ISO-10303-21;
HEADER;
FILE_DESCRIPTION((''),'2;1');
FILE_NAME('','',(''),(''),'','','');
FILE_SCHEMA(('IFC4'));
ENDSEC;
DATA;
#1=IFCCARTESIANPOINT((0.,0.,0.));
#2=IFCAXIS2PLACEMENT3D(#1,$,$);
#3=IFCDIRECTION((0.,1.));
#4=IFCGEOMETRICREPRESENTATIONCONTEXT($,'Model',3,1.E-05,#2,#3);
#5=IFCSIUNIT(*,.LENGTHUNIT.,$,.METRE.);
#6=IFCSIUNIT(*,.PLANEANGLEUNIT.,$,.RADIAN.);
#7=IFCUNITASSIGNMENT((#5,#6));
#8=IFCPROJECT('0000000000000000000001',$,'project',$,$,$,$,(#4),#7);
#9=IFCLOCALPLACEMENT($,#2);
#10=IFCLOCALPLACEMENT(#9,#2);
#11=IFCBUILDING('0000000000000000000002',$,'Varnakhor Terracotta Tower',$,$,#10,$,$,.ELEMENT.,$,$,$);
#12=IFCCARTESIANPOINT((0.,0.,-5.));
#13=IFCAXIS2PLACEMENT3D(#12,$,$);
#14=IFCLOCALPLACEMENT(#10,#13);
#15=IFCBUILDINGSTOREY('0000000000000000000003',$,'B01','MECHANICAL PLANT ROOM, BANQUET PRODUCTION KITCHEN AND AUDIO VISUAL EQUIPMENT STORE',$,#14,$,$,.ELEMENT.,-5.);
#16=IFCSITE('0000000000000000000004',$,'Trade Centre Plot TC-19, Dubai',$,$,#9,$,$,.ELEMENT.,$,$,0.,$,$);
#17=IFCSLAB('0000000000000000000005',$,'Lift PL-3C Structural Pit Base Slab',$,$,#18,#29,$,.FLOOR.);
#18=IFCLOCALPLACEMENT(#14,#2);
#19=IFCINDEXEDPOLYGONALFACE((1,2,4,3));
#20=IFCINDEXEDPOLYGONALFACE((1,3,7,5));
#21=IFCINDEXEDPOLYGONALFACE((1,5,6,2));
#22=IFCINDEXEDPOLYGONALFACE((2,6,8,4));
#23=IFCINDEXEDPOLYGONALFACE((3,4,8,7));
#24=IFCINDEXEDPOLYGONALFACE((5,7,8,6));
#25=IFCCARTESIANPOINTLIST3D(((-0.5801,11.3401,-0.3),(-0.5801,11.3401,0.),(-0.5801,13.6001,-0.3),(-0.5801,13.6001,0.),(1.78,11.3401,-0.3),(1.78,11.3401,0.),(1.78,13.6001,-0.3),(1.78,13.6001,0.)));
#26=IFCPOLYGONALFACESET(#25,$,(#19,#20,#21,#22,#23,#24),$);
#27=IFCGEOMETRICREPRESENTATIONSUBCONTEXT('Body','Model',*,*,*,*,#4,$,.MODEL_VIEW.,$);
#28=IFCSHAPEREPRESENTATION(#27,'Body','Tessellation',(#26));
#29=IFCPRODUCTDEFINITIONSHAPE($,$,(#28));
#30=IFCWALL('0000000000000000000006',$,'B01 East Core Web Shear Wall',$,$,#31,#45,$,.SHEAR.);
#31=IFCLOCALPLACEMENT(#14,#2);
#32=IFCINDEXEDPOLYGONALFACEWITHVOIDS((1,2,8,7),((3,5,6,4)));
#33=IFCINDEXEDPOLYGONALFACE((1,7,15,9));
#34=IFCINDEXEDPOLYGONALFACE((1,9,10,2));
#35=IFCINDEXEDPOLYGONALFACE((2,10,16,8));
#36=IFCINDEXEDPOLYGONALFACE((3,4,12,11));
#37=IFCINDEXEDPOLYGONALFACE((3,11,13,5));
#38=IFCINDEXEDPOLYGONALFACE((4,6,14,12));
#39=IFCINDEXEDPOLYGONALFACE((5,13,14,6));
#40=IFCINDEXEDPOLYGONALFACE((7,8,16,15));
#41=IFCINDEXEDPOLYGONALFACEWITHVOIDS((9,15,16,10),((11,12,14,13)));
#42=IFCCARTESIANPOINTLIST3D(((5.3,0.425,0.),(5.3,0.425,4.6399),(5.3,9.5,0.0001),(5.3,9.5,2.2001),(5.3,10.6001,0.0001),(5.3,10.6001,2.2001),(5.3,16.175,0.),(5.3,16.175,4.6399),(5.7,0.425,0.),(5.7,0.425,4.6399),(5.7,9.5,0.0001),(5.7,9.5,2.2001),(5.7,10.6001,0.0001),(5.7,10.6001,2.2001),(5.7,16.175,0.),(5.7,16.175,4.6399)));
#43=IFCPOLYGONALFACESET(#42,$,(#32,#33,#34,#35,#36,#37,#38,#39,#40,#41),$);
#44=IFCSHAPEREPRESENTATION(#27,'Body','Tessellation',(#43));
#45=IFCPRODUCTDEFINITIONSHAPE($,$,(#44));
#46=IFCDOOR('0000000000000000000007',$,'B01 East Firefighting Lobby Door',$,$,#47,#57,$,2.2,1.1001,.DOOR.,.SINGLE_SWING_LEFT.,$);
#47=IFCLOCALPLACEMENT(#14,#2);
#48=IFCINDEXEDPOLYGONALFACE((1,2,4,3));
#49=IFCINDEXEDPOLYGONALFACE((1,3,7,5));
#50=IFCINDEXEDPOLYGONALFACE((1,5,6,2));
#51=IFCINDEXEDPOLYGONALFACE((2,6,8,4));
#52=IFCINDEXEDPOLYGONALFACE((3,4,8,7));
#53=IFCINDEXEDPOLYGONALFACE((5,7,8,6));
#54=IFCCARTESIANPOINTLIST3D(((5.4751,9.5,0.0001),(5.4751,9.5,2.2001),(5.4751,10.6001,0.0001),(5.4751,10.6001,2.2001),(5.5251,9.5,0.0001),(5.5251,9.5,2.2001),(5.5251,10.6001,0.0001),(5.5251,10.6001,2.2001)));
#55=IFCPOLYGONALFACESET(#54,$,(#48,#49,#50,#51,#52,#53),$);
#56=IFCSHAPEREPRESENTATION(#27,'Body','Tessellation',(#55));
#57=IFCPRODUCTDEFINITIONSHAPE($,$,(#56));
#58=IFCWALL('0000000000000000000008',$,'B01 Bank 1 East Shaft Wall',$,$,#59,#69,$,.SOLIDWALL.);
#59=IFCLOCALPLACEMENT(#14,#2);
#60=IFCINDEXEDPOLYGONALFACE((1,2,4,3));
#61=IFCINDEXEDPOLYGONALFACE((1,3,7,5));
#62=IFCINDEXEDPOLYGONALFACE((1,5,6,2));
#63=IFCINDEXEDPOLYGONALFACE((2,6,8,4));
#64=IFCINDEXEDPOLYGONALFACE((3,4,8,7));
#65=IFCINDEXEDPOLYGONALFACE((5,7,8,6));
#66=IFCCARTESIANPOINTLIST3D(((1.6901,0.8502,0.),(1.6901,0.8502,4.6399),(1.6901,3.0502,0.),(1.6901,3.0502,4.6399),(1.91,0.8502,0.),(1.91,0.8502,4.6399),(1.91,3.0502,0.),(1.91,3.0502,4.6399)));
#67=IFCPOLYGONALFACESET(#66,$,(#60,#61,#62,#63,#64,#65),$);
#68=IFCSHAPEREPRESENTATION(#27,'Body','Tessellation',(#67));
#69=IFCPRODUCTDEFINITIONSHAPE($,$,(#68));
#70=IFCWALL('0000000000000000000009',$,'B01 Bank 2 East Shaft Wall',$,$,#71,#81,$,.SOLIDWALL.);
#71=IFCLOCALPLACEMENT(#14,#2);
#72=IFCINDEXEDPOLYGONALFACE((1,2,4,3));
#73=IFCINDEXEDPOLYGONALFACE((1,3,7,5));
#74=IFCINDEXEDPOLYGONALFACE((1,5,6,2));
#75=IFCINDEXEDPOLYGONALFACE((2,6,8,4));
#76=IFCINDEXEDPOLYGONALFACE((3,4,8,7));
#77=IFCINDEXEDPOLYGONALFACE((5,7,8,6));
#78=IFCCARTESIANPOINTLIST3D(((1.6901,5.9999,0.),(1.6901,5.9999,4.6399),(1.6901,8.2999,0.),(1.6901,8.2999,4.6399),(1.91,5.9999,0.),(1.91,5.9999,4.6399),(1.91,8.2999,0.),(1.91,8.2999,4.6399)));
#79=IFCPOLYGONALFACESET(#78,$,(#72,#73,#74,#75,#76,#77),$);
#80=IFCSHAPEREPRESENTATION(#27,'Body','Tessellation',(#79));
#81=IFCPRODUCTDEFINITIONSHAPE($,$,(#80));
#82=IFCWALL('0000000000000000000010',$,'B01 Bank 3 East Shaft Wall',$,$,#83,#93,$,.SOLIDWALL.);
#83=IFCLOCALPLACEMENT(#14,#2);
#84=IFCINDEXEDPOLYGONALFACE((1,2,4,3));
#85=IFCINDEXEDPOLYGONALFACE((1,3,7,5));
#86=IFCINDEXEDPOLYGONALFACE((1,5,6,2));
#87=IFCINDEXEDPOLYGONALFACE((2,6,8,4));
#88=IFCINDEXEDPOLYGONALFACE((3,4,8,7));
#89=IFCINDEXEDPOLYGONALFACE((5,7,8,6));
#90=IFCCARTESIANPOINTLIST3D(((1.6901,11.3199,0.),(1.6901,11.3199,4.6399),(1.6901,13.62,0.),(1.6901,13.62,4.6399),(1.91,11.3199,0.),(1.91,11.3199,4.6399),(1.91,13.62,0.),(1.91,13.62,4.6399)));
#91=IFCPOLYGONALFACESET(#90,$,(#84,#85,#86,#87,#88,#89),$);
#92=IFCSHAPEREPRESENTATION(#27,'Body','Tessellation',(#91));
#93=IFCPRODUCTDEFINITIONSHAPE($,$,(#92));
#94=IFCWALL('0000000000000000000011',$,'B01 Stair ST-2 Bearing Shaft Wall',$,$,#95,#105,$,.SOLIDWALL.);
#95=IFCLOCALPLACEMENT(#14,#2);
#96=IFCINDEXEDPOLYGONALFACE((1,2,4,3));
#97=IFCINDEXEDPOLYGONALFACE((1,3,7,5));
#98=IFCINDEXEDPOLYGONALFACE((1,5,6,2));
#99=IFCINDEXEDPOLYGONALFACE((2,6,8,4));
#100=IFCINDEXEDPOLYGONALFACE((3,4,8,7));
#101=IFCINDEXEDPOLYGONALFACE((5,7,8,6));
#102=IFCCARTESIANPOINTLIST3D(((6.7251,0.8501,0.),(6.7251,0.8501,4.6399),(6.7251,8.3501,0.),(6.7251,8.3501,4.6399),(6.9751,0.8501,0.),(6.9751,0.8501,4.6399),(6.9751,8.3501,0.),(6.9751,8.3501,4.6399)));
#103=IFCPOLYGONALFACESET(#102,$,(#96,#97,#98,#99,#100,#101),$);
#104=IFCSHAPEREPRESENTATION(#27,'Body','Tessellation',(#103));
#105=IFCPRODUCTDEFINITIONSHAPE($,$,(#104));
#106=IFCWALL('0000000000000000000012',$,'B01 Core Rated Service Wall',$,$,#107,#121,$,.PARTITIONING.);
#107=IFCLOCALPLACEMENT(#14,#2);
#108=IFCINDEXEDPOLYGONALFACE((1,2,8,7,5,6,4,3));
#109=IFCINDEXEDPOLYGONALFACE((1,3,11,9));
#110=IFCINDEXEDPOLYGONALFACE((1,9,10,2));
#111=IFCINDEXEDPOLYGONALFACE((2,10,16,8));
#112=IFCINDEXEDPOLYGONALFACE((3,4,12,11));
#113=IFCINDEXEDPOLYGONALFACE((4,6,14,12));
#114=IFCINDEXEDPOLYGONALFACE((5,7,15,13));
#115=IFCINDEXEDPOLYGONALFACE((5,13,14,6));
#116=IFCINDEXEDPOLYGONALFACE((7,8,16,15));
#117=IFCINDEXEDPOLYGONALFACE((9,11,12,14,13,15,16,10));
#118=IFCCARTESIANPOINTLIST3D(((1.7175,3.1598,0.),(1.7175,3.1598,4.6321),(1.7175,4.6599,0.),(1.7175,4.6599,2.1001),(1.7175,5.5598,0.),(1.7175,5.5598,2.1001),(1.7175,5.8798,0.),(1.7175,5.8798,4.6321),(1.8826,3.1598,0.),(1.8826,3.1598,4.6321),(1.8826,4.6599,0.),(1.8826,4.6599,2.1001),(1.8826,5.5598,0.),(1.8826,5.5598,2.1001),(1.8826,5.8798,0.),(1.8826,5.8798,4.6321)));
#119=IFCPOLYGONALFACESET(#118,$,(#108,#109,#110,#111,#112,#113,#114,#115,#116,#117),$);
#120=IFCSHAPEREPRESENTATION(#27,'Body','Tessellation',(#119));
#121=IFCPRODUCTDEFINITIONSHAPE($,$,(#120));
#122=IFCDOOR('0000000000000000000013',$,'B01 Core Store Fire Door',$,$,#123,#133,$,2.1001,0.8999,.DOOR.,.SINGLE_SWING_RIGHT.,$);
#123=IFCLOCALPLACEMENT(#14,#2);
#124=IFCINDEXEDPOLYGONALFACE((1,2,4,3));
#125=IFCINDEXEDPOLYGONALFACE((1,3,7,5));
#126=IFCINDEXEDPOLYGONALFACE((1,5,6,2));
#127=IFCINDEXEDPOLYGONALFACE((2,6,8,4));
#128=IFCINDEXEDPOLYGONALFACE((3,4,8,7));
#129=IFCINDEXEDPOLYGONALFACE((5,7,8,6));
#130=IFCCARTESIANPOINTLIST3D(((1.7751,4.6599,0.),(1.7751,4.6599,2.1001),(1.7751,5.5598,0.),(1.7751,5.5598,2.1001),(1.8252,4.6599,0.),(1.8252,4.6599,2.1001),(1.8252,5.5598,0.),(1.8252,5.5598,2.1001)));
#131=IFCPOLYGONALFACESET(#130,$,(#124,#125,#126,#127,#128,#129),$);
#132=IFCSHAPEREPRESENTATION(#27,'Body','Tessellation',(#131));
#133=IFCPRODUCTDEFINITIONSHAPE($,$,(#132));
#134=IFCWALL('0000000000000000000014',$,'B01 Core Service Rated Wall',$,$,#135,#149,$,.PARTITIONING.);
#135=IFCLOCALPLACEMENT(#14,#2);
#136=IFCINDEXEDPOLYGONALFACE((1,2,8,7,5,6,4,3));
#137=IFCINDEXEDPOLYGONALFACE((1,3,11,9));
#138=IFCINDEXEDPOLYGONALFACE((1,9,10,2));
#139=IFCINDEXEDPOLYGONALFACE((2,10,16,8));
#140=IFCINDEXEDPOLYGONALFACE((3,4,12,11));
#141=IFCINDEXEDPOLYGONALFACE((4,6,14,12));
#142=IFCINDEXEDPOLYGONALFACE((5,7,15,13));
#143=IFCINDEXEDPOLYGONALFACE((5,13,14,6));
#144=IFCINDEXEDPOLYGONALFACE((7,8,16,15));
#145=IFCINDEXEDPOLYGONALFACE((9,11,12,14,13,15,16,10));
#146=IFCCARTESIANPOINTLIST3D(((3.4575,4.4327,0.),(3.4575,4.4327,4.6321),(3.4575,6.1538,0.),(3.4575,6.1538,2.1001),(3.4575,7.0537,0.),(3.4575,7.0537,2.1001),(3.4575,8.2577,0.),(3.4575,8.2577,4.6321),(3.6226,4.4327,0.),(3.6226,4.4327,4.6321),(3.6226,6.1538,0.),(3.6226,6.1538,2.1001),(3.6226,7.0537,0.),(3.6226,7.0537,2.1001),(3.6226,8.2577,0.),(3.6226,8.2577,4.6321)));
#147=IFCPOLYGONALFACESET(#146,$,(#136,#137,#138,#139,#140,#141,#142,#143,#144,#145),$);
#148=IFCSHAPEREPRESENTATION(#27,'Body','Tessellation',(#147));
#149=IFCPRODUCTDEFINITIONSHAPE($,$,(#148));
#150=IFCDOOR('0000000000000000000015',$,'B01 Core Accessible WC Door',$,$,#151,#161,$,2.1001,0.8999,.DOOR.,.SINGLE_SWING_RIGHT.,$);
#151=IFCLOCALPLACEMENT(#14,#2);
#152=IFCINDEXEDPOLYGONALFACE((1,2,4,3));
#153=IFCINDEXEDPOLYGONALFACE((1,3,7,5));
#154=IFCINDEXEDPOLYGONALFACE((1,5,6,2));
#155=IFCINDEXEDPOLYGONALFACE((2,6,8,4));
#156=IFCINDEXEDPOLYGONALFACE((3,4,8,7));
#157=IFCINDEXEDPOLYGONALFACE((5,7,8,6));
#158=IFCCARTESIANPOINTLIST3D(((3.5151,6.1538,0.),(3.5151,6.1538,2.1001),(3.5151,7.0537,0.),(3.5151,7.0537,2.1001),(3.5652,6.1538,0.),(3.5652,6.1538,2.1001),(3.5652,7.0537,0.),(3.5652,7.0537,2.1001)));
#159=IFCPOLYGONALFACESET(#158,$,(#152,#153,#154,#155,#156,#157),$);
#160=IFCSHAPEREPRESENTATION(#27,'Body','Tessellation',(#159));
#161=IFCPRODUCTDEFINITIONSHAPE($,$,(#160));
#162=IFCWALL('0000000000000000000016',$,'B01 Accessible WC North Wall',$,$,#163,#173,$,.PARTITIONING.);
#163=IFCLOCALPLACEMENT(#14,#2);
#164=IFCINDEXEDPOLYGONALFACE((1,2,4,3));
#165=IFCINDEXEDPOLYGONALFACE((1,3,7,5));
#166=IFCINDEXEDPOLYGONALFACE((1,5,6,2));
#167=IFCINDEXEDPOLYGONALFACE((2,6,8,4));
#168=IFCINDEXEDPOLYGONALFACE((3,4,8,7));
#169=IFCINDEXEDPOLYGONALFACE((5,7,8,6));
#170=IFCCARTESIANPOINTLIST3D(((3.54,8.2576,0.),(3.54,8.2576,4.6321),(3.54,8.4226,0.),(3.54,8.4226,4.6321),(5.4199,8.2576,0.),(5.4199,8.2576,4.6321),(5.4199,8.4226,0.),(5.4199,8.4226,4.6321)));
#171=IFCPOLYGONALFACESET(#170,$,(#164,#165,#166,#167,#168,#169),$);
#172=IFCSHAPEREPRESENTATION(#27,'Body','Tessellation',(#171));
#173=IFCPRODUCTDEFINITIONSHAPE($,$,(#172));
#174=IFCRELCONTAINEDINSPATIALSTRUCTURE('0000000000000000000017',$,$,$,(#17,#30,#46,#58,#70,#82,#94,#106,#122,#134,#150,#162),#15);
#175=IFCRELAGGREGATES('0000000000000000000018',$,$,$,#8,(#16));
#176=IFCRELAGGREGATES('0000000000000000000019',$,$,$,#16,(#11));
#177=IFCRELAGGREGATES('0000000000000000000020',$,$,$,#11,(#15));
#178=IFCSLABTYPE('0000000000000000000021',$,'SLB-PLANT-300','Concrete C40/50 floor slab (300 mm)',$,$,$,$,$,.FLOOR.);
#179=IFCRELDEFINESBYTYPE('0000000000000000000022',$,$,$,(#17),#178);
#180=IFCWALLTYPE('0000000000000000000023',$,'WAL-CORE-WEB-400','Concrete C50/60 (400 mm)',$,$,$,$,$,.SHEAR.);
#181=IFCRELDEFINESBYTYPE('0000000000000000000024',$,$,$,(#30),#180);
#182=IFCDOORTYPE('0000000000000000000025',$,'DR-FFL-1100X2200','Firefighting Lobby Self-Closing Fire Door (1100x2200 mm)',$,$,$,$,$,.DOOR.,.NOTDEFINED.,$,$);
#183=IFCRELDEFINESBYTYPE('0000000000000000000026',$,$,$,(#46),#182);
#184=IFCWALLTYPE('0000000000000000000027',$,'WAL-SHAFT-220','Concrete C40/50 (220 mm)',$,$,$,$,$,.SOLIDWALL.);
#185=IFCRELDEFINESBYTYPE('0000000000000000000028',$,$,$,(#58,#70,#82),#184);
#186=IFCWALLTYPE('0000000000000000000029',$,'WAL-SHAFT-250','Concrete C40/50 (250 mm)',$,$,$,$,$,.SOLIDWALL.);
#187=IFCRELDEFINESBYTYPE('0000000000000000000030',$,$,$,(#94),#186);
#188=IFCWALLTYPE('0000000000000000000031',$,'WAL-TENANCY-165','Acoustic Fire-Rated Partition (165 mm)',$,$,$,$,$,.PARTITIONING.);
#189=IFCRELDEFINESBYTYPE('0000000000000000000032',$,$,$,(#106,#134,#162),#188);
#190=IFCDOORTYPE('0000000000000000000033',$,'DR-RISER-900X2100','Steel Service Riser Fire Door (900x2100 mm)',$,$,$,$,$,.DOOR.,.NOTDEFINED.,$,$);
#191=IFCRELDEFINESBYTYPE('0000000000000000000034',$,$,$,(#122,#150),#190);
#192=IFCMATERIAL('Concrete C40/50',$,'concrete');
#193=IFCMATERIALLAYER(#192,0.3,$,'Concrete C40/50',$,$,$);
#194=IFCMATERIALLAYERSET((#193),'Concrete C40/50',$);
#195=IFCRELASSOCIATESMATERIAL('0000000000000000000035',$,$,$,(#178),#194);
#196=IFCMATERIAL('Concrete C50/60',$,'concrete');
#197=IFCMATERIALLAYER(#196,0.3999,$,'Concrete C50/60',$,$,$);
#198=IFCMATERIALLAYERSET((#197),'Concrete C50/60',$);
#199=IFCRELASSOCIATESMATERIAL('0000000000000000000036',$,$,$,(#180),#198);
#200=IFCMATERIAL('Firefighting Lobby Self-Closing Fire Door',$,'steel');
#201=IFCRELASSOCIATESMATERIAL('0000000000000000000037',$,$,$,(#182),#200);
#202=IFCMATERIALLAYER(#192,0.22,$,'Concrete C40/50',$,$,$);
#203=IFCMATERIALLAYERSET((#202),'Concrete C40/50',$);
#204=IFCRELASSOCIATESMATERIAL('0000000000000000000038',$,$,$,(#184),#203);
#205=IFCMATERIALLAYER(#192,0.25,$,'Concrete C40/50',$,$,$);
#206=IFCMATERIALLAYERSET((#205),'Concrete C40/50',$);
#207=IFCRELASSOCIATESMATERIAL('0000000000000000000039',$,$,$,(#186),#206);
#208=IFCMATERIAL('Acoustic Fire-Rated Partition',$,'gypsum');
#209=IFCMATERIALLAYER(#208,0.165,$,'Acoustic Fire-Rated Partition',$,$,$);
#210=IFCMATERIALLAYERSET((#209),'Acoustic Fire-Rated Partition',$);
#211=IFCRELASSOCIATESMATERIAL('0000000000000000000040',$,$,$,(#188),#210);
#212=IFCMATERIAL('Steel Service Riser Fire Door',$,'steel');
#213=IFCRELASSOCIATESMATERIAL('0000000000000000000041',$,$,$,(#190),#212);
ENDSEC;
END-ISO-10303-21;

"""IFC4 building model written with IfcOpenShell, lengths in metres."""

from ifc_helpers import new_model, si_unit, direction, frame, frame_2d, origin, place, context, subcontext, project, spatial, polyline, rectangle, outline, extrude, source, transform, mapped, material, layer, layer_set, type_object, type_shapes, element, fill, save


model = new_model("IFC4")

# Units and contexts
model_context = context("Model", 3, precision=1e-05, world=origin(), true_north=direction((0.0, 1.0)))
body_context = subcontext(model_context, "Body", "Model", "MODEL_VIEW")
ifc_project = project(units=[si_unit("LENGTHUNIT", "METRE"), si_unit("PLANEANGLEUNIT", "RADIAN")], contexts=[model_context])

# Site, building, storey
site_placement = place(None, origin())
site = spatial("IfcSite", under=ifc_project, at=site_placement, Name="Trade Centre Plot TC-19, Dubai", CompositionType="ELEMENT", RefElevation=0.0)
building_placement = place(site_placement, origin())
building = spatial("IfcBuilding", under=site, at=building_placement, Name="Varnakhor Terracotta Tower", CompositionType="ELEMENT")
storey_placement = place(building_placement, frame((0.0, 0.0, -5.0)))
storey = spatial("IfcBuildingStorey", under=building, at=storey_placement, Name="B01", Description="MECHANICAL PLANT ROOM, BANQUET PRODUCTION KITCHEN AND AUDIO VISUAL EQUIPMENT STORE", CompositionType="ELEMENT", Elevation=-5.0)

# Shared definitions
ifc_material_1 = material(Name="Concrete C50/60", Category="concrete")

# Shared definitions
ifc_material_2 = material(Name="Concrete C40/50", Category="concrete")

# Slab
ifc_layer_1 = layer(ifc_material_2, 0.3, Name="Concrete C40/50")
ifc_layer_set_1 = layer_set([ifc_layer_1], Name="Concrete C40/50")
slab_type_1 = type_object("IfcSlabType", Name="SLB-PLANT-300", Description="Concrete C40/50 floor slab (300 mm)", PredefinedType="FLOOR", material=ifc_layer_set_1)
slab_1_placement = place(storey_placement, frame((0.0, 0.0, -0.3)))
element("IfcSlab", 1, at=slab_1_placement, inside=storey, type_object=slab_type_1, Name="Lift PL-3C Structural Pit Base Slab", PredefinedType="FLOOR", context=body_context, shape_type="SweptSolid", body=[
    extrude(outline(polyline([(-0.5801, 11.3401), (1.78, 11.3401), (1.78, 13.6001), (-0.5801, 13.6001), (-0.5801, 11.3401)])), origin(), (0.0, 0.0, 1.0), 0.3),
])

# Wall, opening, door
ifc_layer_2 = layer(ifc_material_1, 0.3999, Name="Concrete C50/60")
ifc_layer_set_2 = layer_set([ifc_layer_2], Name="Concrete C50/60")
wall_type_1 = type_object("IfcWallType", Name="WAL-CORE-WEB-400", Description="Concrete C50/60 (400 mm)", PredefinedType="SHEAR", material=ifc_layer_set_2)
wall_1_placement = place(storey_placement, frame((5.5, 0.425, 0.0), z_axis=(0.0, 0.0, 1.0), x_axis=(0.0, 1.0, 0.0)))
wall_1 = element("IfcWall", 2, at=wall_1_placement, inside=storey, type_object=wall_type_1, Name="B01 East Core Web Shear Wall", PredefinedType="SHEAR", context=body_context, shape_type="SweptSolid", body=[
    extrude(rectangle(XDim=15.75, YDim=0.3999, at=frame_2d((7.875, 0.0))), origin(), (0.0, 0.0, 1.0), 4.6399),
])
opening_1_placement = place(wall_1_placement, frame((9.075, 0.0, 0.0)))
opening_1 = element("IfcOpeningElement", 3, at=opening_1_placement, cuts=wall_1, PredefinedType="OPENING", context=body_context, shape_type="SweptSolid", body=[
    extrude(rectangle(XDim=1.1001, YDim=2.2, at=frame_2d((0.55, 1.1001))), frame((0.0, 0.21, 0.0), z_axis=(0.0, -1.0, 0.0), x_axis=(1.0, 0.0, 0.0)), (0.0, 0.0, 1.0), 0.4199),
])
ifc_material_3 = material(Name="Firefighting Lobby Self-Closing Fire Door", Category="steel")
door_type_1 = type_object("IfcDoorType", Name="DR-FFL-1100X2200", Description="Firefighting Lobby Self-Closing Fire Door (1100x2200 mm)", OperationType="NOTDEFINED", PredefinedType="DOOR", material=ifc_material_3)
shared_shape_1 = source(origin(), body_context, "Body", "SweptSolid", [
    extrude(rectangle(XDim=1.1001, YDim=2.2, at=frame_2d((0.55, 1.1001))), frame((0.0, 0.0249, 0.0), z_axis=(0.0, -1.0, 0.0), x_axis=(1.0, 0.0, 0.0)), (0.0, 0.0, 1.0), 0.05),
])
type_shapes(door_type_1, [shared_shape_1])
door_1_placement = place(opening_1_placement, origin())
door_1 = element("IfcDoor", 4, at=door_1_placement, inside=storey, type_object=door_type_1, Name="B01 East Firefighting Lobby Door", OperationType="SINGLE_SWING_LEFT", OverallHeight=2.2, OverallWidth=1.1001, PredefinedType="DOOR", context=body_context, shape_type="MappedRepresentation", body=[
    mapped(shared_shape_1, transform((0.0, 0.0, 0.0), scale=1.0)),
])
fill(opening_1, door_1)

# Walls
ifc_layer_3 = layer(ifc_material_2, 0.22, Name="Concrete C40/50")
ifc_layer_set_3 = layer_set([ifc_layer_3], Name="Concrete C40/50")
wall_type_2 = type_object("IfcWallType", Name="WAL-SHAFT-220", Description="Concrete C40/50 (220 mm)", PredefinedType="SOLIDWALL", material=ifc_layer_set_3)
wall_2_placement = place(storey_placement, frame((1.8, 0.8501, 0.0), z_axis=(0.0, 0.0, 1.0), x_axis=(0.0, 1.0, 0.0)))
element("IfcWall", 5, at=wall_2_placement, inside=storey, type_object=wall_type_2, Name="B01 Bank 1 East Shaft Wall", PredefinedType="SOLIDWALL", context=body_context, shape_type="SweptSolid", body=[
    extrude(rectangle(XDim=2.2, YDim=0.22, at=frame_2d((1.1001, 0.0))), origin(), (0.0, 0.0, 1.0), 4.6399),
])
for number, where, z_axis, x_axis, name in (
    (6, (1.8, 6.0, 0.0), (0.0, 0.0, 1.0), (0.0, 1.0, 0.0), "B01 Bank 2 East Shaft Wall"),
    (7, (1.8, 11.3201, 0.0), (0.0, 0.0, 1.0), (0.0, 1.0, 0.0), "B01 Bank 3 East Shaft Wall"),
):
    element("IfcWall", number, at=place(storey_placement, frame(where, z_axis=z_axis, x_axis=x_axis)), inside=storey, type_object=wall_type_2, Name=name, PredefinedType="SOLIDWALL", context=body_context, shape_type="SweptSolid", body=[
        extrude(rectangle(XDim=2.3, YDim=0.22, at=frame_2d((1.1499, 0.0))), origin(), (0.0, 0.0, 1.0), 4.6399),
    ])
ifc_layer_4 = layer(ifc_material_2, 0.25, Name="Concrete C40/50")
ifc_layer_set_4 = layer_set([ifc_layer_4], Name="Concrete C40/50")
wall_type_3 = type_object("IfcWallType", Name="WAL-SHAFT-250", Description="Concrete C40/50 (250 mm)", PredefinedType="SOLIDWALL", material=ifc_layer_set_4)
wall_3_placement = place(storey_placement, frame((6.8501, 0.8501, 0.0), z_axis=(0.0, 0.0, 1.0), x_axis=(0.0, 1.0, 0.0)))
element("IfcWall", 8, at=wall_3_placement, inside=storey, type_object=wall_type_3, Name="B01 Stair ST-2 Bearing Shaft Wall", PredefinedType="SOLIDWALL", context=body_context, shape_type="SweptSolid", body=[
    extrude(rectangle(XDim=7.5, YDim=0.25, at=frame_2d((3.75, 0.0))), origin(), (0.0, 0.0, 1.0), 4.6399),
])

# Walls, openings, doors
ifc_material_4 = material(Name="Acoustic Fire-Rated Partition", Category="gypsum")
ifc_layer_5 = layer(ifc_material_4, 0.165, Name="Acoustic Fire-Rated Partition")
ifc_layer_set_5 = layer_set([ifc_layer_5], Name="Acoustic Fire-Rated Partition")
wall_type_4 = type_object("IfcWallType", Name="WAL-TENANCY-165", Description="Acoustic Fire-Rated Partition (165 mm)", PredefinedType="PARTITIONING", material=ifc_layer_set_5)
wall_4_placement = place(storey_placement, frame((1.8, 3.1599, 0.0), z_axis=(0.0, 0.0, 1.0), x_axis=(0.0, 1.0, 0.0)))
wall_4 = element("IfcWall", 9, at=wall_4_placement, inside=storey, type_object=wall_type_4, Name="B01 Core Rated Service Wall", PredefinedType="PARTITIONING", context=body_context, shape_type="SweptSolid", body=[
    extrude(rectangle(XDim=2.72, YDim=0.165, at=frame_2d((1.3599, 0.0))), origin(), (0.0, 0.0, 1.0), 4.6321),
])
opening_2_placement = place(wall_4_placement, frame((1.5, 0.0, 0.0)))
opening_2 = element("IfcOpeningElement", 10, at=opening_2_placement, cuts=wall_4, PredefinedType="OPENING", context=body_context, shape_type="SweptSolid", body=[
    extrude(rectangle(XDim=0.8999, YDim=2.1001, at=frame_2d((0.45, 1.05))), frame((0.0, 0.0925, 0.0), z_axis=(0.0, -1.0, 0.0), x_axis=(1.0, 0.0, 0.0)), (0.0, 0.0, 1.0), 0.1851),
])
ifc_material_5 = material(Name="Steel Service Riser Fire Door", Category="steel")
door_type_2 = type_object("IfcDoorType", Name="DR-RISER-900X2100", Description="Steel Service Riser Fire Door (900x2100 mm)", OperationType="NOTDEFINED", PredefinedType="DOOR", material=ifc_material_5)
shared_shape_2 = source(origin(), body_context, "Body", "SweptSolid", [
    extrude(rectangle(XDim=0.8999, YDim=2.1001, at=frame_2d((0.45, 1.05))), frame((0.0, 0.0249, 0.0), z_axis=(0.0, -1.0, 0.0), x_axis=(1.0, 0.0, 0.0)), (0.0, 0.0, 1.0), 0.05),
])
type_shapes(door_type_2, [shared_shape_2])
door_2_placement = place(opening_2_placement, origin())
door_2 = element("IfcDoor", 11, at=door_2_placement, inside=storey, type_object=door_type_2, Name="B01 Core Store Fire Door", OperationType="SINGLE_SWING_RIGHT", OverallHeight=2.1001, OverallWidth=0.8999, PredefinedType="DOOR", context=body_context, shape_type="MappedRepresentation", body=[
    mapped(shared_shape_2, transform((0.0, 0.0, 0.0), scale=1.0)),
])
fill(opening_2, door_2)
wall_5_placement = place(storey_placement, frame((3.54, 4.4326, 0.0), z_axis=(0.0, 0.0, 1.0), x_axis=(0.0, 1.0, 0.0)))
wall_5 = element("IfcWall", 12, at=wall_5_placement, inside=storey, type_object=wall_type_4, Name="B01 Core Service Rated Wall", PredefinedType="PARTITIONING", context=body_context, shape_type="SweptSolid", body=[
    extrude(rectangle(XDim=3.825, YDim=0.165, at=frame_2d((1.9126, 0.0))), origin(), (0.0, 0.0, 1.0), 4.6321),
])
opening_3_placement = place(wall_5_placement, frame((1.7212, 0.0, 0.0)))
opening_3 = element("IfcOpeningElement", 13, at=opening_3_placement, cuts=wall_5, PredefinedType="OPENING", context=body_context, shape_type="SweptSolid", body=[
    extrude(rectangle(XDim=0.8999, YDim=2.1001, at=frame_2d((0.45, 1.05))), frame((0.0, 0.0925, 0.0), z_axis=(0.0, -1.0, 0.0), x_axis=(1.0, 0.0, 0.0)), (0.0, 0.0, 1.0), 0.1851),
])
door_3_placement = place(opening_3_placement, origin())
door_3 = element("IfcDoor", 14, at=door_3_placement, inside=storey, type_object=door_type_2, Name="B01 Core Accessible WC Door", OperationType="SINGLE_SWING_RIGHT", OverallHeight=2.1001, OverallWidth=0.8999, PredefinedType="DOOR", context=body_context, shape_type="MappedRepresentation", body=[
    mapped(shared_shape_2, transform((0.0, 0.0, 0.0), scale=1.0)),
])
fill(opening_3, door_3)

# Wall
wall_6_placement = place(storey_placement, frame((3.54, 8.3401, 0.0), z_axis=(0.0, 0.0, 1.0), x_axis=(1.0, 0.0, 0.0)))
element("IfcWall", 15, at=wall_6_placement, inside=storey, type_object=wall_type_4, Name="B01 Accessible WC North Wall", PredefinedType="PARTITIONING", context=body_context, shape_type="SweptSolid", body=[
    extrude(rectangle(XDim=1.8799, YDim=0.165, at=frame_2d((0.9399, 0.0))), origin(), (0.0, 0.0, 1.0), 4.6321),
])

save(model, "model.ifc")
